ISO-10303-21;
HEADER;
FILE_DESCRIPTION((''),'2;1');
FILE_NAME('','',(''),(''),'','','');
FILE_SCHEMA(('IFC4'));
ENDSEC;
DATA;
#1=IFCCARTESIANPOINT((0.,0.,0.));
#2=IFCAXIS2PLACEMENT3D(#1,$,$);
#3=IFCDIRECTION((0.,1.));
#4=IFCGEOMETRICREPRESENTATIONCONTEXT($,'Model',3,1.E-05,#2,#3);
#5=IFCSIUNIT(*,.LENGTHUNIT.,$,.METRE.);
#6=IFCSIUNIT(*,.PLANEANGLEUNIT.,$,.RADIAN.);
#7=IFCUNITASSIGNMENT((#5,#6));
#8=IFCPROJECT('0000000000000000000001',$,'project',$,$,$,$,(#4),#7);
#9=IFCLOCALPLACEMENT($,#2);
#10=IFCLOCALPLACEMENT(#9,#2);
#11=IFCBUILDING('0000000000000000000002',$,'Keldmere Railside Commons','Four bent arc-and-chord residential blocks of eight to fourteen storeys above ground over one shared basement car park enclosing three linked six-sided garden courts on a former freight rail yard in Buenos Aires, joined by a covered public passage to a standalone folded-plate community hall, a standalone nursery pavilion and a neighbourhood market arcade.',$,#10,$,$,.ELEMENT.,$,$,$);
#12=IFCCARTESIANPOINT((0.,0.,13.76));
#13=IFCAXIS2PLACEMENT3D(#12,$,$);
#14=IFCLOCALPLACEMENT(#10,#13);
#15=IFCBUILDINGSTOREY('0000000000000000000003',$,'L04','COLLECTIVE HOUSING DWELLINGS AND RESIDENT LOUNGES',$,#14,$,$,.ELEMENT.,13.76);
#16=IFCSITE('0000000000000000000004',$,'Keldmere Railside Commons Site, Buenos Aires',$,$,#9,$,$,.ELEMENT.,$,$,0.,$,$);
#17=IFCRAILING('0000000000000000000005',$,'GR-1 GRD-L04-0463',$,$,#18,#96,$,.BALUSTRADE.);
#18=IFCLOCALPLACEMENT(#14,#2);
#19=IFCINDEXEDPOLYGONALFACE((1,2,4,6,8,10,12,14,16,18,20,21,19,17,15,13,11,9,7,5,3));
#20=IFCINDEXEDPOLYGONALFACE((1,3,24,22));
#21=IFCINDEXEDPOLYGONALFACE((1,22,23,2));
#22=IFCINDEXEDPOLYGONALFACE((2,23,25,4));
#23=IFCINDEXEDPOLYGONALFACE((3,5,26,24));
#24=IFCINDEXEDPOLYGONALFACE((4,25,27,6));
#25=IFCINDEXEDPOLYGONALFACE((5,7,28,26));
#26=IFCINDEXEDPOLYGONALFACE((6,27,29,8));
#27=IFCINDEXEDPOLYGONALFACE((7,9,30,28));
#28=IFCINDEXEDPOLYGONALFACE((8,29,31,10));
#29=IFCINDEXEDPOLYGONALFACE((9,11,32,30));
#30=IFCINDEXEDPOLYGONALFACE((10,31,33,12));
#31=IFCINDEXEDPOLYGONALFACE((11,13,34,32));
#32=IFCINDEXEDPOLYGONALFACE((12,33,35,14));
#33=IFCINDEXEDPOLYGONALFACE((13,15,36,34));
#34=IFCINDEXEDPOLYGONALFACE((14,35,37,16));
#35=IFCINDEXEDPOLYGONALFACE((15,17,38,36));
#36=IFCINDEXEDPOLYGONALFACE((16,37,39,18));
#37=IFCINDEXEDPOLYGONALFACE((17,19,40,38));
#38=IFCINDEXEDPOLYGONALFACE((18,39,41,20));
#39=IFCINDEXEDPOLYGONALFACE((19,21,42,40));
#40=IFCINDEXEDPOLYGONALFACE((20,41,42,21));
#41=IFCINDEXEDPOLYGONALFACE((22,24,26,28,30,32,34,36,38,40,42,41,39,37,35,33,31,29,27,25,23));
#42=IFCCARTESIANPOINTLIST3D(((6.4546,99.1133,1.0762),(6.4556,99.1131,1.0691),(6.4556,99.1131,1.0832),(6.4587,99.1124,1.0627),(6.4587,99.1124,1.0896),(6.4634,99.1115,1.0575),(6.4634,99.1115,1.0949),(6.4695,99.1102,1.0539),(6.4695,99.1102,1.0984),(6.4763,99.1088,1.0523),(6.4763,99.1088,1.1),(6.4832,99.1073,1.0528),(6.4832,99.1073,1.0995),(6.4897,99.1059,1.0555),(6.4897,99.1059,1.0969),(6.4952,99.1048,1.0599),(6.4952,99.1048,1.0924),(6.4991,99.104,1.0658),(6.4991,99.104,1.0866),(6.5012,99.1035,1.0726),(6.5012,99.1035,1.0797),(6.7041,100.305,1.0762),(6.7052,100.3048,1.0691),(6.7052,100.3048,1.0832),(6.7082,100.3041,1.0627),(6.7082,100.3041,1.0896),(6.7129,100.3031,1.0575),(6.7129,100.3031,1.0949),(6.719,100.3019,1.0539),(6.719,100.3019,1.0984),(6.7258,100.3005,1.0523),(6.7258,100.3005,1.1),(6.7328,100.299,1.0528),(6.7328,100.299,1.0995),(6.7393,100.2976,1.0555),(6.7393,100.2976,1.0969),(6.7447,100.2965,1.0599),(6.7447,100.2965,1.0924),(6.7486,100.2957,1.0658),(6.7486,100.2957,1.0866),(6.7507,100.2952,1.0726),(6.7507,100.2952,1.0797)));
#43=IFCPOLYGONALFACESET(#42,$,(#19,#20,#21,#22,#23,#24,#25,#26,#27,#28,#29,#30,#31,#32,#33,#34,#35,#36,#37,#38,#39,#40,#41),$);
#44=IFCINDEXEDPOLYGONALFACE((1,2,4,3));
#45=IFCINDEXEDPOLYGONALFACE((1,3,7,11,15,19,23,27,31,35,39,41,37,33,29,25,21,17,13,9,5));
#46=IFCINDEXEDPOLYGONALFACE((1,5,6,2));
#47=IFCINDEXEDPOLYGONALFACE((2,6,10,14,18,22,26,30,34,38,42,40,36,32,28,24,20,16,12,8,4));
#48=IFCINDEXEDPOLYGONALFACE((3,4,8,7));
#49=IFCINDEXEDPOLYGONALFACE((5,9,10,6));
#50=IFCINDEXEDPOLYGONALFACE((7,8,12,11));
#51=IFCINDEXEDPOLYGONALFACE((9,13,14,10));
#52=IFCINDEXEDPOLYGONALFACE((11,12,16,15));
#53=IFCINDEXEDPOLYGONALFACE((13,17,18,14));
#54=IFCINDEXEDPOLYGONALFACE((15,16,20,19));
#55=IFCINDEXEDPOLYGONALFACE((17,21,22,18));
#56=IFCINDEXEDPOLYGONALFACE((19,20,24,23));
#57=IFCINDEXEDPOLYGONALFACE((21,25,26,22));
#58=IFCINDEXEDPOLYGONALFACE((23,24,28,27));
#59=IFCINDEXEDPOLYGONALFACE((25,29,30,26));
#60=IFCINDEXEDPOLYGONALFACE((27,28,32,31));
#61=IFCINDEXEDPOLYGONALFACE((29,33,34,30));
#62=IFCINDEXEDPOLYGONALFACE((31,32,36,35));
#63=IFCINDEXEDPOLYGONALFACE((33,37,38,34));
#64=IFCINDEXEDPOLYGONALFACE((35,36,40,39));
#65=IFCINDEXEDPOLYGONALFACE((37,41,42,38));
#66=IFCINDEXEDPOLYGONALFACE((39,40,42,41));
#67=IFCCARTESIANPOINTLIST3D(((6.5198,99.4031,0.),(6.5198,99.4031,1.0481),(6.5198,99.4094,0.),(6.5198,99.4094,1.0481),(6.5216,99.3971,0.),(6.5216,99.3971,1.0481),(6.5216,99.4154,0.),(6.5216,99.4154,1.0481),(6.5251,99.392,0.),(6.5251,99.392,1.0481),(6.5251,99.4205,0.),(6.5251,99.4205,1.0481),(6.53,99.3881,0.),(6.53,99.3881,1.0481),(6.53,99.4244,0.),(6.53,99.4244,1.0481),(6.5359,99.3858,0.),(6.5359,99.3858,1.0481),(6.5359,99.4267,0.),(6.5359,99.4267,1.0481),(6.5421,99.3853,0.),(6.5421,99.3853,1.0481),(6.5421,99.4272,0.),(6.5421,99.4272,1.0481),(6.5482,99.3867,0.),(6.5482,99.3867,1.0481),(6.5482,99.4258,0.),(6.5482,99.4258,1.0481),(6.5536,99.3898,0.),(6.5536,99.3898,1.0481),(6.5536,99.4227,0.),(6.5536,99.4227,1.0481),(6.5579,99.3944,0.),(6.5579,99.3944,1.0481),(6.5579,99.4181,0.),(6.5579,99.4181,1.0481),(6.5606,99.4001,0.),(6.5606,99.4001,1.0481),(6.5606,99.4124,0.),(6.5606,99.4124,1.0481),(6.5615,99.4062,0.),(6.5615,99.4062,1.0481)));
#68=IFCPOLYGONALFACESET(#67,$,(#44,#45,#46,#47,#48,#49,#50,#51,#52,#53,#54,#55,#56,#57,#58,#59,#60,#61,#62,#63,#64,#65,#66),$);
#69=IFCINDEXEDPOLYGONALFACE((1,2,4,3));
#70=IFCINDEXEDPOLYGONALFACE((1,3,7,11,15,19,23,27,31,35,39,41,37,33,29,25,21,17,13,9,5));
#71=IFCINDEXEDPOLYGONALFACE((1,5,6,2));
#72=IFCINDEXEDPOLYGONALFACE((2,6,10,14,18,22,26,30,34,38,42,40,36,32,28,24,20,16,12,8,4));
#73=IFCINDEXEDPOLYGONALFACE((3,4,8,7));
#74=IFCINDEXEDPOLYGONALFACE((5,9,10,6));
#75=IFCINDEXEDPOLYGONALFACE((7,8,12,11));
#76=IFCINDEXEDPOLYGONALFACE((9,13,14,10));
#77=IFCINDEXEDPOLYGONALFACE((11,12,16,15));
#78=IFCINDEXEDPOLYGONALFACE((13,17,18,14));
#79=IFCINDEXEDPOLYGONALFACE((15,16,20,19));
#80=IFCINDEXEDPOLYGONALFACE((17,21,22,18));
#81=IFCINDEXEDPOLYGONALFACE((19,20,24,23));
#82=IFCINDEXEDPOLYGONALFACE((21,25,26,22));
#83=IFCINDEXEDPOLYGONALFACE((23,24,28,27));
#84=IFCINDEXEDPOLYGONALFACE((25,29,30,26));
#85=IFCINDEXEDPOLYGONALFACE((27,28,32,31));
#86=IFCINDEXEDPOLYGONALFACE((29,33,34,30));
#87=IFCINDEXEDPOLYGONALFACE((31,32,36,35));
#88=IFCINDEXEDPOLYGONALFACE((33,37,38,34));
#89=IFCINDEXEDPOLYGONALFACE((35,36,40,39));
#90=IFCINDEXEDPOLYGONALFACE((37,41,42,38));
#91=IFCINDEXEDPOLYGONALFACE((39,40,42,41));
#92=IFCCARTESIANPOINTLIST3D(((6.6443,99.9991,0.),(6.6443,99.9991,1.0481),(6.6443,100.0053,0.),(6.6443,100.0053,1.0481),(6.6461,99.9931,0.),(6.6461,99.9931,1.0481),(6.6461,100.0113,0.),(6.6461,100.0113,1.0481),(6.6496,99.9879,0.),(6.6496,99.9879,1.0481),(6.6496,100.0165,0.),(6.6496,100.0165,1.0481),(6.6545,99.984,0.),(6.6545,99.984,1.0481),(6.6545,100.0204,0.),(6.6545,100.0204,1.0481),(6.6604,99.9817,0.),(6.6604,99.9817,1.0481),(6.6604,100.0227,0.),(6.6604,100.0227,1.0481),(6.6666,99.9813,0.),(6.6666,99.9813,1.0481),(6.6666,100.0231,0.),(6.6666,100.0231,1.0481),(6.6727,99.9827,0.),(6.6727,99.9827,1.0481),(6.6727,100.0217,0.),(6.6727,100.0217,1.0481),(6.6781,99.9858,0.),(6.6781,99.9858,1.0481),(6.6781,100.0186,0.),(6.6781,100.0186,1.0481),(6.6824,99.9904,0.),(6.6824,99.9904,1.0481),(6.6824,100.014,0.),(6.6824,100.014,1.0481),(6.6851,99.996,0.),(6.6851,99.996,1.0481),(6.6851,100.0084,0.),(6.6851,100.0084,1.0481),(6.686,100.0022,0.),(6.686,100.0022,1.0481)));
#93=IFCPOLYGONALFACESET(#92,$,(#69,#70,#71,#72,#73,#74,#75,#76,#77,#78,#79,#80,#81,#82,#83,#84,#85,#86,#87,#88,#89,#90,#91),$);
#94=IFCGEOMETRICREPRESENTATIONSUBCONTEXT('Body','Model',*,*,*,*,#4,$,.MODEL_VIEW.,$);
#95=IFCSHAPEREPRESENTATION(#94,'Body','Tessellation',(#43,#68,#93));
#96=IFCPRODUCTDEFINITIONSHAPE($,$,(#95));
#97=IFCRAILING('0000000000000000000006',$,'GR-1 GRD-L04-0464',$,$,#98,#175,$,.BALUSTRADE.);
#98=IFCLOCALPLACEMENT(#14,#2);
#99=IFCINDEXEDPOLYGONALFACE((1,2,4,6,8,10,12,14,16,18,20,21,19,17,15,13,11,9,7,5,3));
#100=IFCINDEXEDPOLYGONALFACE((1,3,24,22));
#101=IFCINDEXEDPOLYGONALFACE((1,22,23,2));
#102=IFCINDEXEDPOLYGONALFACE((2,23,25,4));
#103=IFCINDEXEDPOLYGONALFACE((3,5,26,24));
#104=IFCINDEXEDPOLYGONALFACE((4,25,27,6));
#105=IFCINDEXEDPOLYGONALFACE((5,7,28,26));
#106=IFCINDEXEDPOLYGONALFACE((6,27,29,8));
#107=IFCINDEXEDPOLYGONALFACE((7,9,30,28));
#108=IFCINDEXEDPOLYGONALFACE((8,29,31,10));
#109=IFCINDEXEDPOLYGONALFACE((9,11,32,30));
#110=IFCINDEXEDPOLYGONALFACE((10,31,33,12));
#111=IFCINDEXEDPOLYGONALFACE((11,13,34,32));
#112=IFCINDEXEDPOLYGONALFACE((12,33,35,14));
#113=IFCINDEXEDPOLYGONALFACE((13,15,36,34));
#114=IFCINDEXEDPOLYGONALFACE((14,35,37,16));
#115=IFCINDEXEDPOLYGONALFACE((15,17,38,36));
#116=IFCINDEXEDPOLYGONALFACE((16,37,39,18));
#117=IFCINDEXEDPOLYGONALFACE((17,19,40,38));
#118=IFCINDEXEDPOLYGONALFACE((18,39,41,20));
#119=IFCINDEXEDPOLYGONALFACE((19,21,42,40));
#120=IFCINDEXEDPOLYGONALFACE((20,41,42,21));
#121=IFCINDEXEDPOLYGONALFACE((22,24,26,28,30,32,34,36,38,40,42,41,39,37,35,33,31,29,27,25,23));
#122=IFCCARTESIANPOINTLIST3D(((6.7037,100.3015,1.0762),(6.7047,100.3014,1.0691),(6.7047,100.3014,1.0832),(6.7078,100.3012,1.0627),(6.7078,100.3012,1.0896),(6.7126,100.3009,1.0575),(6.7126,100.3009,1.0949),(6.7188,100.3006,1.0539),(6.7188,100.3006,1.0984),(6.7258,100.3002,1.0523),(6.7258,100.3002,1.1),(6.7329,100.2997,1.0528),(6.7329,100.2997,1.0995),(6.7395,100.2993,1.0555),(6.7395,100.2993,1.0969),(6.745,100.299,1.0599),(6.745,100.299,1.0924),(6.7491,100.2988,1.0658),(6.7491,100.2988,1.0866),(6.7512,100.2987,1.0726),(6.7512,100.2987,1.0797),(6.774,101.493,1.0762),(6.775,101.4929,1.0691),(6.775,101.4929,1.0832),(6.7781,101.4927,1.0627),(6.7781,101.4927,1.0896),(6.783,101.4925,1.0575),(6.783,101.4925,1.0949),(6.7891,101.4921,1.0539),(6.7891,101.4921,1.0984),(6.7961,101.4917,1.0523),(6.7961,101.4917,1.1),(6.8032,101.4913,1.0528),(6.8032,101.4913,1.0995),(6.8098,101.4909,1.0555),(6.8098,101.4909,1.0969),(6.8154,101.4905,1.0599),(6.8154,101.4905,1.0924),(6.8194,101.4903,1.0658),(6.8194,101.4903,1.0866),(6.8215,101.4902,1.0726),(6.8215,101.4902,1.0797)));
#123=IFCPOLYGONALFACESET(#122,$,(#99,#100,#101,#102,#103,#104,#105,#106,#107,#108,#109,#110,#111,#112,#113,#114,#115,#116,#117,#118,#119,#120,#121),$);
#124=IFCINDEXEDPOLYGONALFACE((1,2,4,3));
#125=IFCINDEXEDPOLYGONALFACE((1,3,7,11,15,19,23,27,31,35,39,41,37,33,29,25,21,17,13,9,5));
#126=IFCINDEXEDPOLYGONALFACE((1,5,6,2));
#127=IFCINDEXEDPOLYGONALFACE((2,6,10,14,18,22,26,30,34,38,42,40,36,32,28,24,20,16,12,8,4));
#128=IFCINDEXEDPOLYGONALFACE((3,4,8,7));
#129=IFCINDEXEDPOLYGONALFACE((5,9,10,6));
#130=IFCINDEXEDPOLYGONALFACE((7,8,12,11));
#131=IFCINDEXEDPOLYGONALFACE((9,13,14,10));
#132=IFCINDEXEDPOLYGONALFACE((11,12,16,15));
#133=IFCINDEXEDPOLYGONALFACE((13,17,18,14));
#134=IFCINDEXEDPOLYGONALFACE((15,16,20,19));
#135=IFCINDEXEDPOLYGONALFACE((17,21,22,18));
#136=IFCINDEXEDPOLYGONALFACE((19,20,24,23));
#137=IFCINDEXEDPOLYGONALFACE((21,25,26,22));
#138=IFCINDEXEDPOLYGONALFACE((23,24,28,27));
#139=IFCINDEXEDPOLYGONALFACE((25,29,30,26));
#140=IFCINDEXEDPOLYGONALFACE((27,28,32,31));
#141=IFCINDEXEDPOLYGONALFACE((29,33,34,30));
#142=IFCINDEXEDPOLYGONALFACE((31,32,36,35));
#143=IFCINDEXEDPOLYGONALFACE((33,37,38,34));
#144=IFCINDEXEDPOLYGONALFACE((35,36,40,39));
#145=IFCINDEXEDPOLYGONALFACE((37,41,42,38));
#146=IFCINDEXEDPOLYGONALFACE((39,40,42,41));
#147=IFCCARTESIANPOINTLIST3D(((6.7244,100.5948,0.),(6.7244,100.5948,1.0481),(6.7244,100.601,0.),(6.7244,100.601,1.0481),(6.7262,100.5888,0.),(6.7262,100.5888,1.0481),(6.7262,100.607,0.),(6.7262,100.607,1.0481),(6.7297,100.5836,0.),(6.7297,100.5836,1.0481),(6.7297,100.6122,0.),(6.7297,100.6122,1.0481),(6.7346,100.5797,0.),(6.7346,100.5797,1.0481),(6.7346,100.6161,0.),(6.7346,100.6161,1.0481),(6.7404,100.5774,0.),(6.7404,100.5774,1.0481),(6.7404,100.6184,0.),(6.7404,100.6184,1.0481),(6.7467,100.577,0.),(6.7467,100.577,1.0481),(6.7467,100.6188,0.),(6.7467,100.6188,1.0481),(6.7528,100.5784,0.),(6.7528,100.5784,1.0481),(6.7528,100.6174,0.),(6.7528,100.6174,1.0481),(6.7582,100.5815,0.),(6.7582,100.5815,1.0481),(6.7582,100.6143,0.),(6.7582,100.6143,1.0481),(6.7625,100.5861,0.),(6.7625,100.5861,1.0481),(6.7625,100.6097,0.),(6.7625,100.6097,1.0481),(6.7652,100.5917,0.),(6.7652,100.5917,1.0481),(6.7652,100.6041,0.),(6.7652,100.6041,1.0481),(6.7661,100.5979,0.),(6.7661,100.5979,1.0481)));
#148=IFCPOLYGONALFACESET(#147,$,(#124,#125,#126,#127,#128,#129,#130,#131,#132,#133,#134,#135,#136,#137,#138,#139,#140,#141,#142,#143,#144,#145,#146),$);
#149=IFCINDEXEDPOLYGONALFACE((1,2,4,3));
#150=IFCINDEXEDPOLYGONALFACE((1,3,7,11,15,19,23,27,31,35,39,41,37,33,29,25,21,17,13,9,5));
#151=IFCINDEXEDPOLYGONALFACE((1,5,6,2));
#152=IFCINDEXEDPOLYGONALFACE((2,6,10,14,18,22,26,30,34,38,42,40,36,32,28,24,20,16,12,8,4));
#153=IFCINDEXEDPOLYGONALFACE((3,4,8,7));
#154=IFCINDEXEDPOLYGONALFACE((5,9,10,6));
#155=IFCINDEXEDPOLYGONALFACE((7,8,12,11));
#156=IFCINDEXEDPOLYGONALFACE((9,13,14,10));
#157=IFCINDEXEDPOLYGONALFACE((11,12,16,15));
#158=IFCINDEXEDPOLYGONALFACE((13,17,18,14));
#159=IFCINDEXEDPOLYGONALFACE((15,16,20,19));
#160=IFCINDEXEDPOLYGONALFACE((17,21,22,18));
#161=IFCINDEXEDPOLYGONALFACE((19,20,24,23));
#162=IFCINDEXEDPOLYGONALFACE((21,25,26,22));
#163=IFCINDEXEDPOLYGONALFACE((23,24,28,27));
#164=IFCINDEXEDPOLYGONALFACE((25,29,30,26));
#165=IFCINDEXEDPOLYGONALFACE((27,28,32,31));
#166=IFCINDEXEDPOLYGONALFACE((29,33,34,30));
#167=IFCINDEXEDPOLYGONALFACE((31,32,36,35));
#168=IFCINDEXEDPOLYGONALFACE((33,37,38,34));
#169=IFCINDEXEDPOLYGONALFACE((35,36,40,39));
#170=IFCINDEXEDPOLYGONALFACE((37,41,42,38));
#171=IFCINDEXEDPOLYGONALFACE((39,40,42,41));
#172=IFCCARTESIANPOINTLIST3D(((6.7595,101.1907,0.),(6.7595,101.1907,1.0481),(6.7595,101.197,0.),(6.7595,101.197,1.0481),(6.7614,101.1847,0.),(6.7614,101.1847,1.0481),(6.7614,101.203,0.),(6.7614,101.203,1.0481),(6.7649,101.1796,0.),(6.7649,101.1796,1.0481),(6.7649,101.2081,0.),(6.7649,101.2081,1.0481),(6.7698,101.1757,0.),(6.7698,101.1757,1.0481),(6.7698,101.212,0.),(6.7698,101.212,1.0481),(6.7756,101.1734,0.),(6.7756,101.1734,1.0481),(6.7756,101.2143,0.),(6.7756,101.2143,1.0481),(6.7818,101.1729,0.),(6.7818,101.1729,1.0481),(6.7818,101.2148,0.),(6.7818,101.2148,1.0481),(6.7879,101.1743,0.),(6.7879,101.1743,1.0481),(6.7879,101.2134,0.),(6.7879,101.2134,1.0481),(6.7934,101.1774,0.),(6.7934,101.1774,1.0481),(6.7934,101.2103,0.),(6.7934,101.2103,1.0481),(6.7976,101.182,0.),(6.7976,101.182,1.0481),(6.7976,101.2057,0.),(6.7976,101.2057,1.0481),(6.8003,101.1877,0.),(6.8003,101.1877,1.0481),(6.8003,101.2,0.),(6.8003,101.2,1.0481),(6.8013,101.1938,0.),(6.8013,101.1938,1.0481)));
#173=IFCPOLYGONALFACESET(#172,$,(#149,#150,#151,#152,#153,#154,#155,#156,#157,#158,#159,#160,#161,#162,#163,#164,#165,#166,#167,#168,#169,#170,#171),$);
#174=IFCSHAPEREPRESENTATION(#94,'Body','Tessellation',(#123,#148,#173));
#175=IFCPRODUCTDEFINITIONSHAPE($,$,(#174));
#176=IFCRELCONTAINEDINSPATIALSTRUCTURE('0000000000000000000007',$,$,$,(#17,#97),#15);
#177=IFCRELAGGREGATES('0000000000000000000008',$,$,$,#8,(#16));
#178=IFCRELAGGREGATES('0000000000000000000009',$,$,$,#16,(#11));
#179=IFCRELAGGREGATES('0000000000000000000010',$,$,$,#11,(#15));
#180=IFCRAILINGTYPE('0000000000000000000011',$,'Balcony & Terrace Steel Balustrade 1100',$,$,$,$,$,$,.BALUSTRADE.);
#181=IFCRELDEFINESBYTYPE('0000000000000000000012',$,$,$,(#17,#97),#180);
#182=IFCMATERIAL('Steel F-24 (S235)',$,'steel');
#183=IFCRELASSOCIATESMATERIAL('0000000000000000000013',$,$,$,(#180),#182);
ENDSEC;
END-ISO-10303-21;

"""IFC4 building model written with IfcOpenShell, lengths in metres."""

from ifc_helpers import new_model, si_unit, direction, frame, origin, origin_2d, place, context, subcontext, project, spatial, circle, extrude, material, type_object, element, save


model = new_model("IFC4")

# Units and contexts
model_context = context("Model", 3, precision=1e-05, world=origin(), true_north=direction((0.0, 1.0)))
body_context = subcontext(model_context, "Body", "Model", "MODEL_VIEW")
ifc_project = project(units=[si_unit("LENGTHUNIT", "METRE"), si_unit("PLANEANGLEUNIT", "RADIAN")], contexts=[model_context])

# Site, building, storey
site_placement = place(None, origin())
site = spatial("IfcSite", under=ifc_project, at=site_placement, Name="Keldmere Railside Commons Site, Buenos Aires", CompositionType="ELEMENT", RefElevation=0.0)
building_placement = place(site_placement, origin())
building = spatial("IfcBuilding", under=site, at=building_placement, Name="Keldmere Railside Commons", Description="Four bent arc-and-chord residential blocks of eight to fourteen storeys above ground over one shared basement car park enclosing three linked six-sided garden courts on a former freight rail yard in Buenos Aires, joined by a covered public passage to a standalone folded-plate community hall, a standalone nursery pavilion and a neighbourhood market arcade.", CompositionType="ELEMENT")
storey_placement = place(building_placement, frame((0.0, 0.0, 13.76)))
storey = spatial("IfcBuildingStorey", under=building, at=storey_placement, Name="L04", Description="COLLECTIVE HOUSING DWELLINGS AND RESIDENT LOUNGES", CompositionType="ELEMENT", Elevation=13.76)

# Railings
ifc_material_1 = material(Name="Steel F-24 (S235)", Category="steel")
railing_type = type_object("IfcRailingType", Name="Balcony & Terrace Steel Balustrade 1100", PredefinedType="BALUSTRADE", material=ifc_material_1)
railing_1_placement = place(storey_placement, frame((6.478, 99.1084, 0.0)))
element("IfcRailing", 1, at=railing_1_placement, inside=storey, type_object=railing_type, Name="GR-1 GRD-L04-0463", PredefinedType="BALUSTRADE", context=body_context, shape_type="SweptSolid", body=[
    extrude(circle(Radius=0.0239, at=origin_2d()), frame((0.0, 0.0, 1.0762), z_axis=(0.204939, 0.978775, 0.0), x_axis=(-0.978775, 0.204939, 0.0)), (0.0, 0.0, 1.0), 1.2175),
    extrude(circle(Radius=0.021, at=origin_2d()), frame((0.0625, 0.2979, 0.0)), (0.0, 0.0, 1.0), 1.0481),
    extrude(circle(Radius=0.021, at=origin_2d()), frame((0.187, 0.8938, 0.0)), (0.0, 0.0, 1.0), 1.0481),
])
railing_2_placement = place(storey_placement, frame((6.7275, 100.3, 0.0)))
element("IfcRailing", 2, at=railing_2_placement, inside=storey, type_object=railing_type, Name="GR-1 GRD-L04-0464", PredefinedType="BALUSTRADE", context=body_context, shape_type="SweptSolid", body=[
    extrude(circle(Radius=0.0239, at=origin_2d()), frame((0.0, 0.0, 1.0762), z_axis=(0.058902, 0.998264, 0.0), x_axis=(-0.998264, 0.058902, 0.0)), (0.0, 0.0, 1.0), 1.1936),
    extrude(circle(Radius=0.021, at=origin_2d()), frame((0.0176, 0.2979, 0.0)), (0.0, 0.0, 1.0), 1.0481),
    extrude(circle(Radius=0.021, at=origin_2d()), frame((0.0527, 0.8938, 0.0)), (0.0, 0.0, 1.0), 1.0481),
])

save(model, "model.ifc")
